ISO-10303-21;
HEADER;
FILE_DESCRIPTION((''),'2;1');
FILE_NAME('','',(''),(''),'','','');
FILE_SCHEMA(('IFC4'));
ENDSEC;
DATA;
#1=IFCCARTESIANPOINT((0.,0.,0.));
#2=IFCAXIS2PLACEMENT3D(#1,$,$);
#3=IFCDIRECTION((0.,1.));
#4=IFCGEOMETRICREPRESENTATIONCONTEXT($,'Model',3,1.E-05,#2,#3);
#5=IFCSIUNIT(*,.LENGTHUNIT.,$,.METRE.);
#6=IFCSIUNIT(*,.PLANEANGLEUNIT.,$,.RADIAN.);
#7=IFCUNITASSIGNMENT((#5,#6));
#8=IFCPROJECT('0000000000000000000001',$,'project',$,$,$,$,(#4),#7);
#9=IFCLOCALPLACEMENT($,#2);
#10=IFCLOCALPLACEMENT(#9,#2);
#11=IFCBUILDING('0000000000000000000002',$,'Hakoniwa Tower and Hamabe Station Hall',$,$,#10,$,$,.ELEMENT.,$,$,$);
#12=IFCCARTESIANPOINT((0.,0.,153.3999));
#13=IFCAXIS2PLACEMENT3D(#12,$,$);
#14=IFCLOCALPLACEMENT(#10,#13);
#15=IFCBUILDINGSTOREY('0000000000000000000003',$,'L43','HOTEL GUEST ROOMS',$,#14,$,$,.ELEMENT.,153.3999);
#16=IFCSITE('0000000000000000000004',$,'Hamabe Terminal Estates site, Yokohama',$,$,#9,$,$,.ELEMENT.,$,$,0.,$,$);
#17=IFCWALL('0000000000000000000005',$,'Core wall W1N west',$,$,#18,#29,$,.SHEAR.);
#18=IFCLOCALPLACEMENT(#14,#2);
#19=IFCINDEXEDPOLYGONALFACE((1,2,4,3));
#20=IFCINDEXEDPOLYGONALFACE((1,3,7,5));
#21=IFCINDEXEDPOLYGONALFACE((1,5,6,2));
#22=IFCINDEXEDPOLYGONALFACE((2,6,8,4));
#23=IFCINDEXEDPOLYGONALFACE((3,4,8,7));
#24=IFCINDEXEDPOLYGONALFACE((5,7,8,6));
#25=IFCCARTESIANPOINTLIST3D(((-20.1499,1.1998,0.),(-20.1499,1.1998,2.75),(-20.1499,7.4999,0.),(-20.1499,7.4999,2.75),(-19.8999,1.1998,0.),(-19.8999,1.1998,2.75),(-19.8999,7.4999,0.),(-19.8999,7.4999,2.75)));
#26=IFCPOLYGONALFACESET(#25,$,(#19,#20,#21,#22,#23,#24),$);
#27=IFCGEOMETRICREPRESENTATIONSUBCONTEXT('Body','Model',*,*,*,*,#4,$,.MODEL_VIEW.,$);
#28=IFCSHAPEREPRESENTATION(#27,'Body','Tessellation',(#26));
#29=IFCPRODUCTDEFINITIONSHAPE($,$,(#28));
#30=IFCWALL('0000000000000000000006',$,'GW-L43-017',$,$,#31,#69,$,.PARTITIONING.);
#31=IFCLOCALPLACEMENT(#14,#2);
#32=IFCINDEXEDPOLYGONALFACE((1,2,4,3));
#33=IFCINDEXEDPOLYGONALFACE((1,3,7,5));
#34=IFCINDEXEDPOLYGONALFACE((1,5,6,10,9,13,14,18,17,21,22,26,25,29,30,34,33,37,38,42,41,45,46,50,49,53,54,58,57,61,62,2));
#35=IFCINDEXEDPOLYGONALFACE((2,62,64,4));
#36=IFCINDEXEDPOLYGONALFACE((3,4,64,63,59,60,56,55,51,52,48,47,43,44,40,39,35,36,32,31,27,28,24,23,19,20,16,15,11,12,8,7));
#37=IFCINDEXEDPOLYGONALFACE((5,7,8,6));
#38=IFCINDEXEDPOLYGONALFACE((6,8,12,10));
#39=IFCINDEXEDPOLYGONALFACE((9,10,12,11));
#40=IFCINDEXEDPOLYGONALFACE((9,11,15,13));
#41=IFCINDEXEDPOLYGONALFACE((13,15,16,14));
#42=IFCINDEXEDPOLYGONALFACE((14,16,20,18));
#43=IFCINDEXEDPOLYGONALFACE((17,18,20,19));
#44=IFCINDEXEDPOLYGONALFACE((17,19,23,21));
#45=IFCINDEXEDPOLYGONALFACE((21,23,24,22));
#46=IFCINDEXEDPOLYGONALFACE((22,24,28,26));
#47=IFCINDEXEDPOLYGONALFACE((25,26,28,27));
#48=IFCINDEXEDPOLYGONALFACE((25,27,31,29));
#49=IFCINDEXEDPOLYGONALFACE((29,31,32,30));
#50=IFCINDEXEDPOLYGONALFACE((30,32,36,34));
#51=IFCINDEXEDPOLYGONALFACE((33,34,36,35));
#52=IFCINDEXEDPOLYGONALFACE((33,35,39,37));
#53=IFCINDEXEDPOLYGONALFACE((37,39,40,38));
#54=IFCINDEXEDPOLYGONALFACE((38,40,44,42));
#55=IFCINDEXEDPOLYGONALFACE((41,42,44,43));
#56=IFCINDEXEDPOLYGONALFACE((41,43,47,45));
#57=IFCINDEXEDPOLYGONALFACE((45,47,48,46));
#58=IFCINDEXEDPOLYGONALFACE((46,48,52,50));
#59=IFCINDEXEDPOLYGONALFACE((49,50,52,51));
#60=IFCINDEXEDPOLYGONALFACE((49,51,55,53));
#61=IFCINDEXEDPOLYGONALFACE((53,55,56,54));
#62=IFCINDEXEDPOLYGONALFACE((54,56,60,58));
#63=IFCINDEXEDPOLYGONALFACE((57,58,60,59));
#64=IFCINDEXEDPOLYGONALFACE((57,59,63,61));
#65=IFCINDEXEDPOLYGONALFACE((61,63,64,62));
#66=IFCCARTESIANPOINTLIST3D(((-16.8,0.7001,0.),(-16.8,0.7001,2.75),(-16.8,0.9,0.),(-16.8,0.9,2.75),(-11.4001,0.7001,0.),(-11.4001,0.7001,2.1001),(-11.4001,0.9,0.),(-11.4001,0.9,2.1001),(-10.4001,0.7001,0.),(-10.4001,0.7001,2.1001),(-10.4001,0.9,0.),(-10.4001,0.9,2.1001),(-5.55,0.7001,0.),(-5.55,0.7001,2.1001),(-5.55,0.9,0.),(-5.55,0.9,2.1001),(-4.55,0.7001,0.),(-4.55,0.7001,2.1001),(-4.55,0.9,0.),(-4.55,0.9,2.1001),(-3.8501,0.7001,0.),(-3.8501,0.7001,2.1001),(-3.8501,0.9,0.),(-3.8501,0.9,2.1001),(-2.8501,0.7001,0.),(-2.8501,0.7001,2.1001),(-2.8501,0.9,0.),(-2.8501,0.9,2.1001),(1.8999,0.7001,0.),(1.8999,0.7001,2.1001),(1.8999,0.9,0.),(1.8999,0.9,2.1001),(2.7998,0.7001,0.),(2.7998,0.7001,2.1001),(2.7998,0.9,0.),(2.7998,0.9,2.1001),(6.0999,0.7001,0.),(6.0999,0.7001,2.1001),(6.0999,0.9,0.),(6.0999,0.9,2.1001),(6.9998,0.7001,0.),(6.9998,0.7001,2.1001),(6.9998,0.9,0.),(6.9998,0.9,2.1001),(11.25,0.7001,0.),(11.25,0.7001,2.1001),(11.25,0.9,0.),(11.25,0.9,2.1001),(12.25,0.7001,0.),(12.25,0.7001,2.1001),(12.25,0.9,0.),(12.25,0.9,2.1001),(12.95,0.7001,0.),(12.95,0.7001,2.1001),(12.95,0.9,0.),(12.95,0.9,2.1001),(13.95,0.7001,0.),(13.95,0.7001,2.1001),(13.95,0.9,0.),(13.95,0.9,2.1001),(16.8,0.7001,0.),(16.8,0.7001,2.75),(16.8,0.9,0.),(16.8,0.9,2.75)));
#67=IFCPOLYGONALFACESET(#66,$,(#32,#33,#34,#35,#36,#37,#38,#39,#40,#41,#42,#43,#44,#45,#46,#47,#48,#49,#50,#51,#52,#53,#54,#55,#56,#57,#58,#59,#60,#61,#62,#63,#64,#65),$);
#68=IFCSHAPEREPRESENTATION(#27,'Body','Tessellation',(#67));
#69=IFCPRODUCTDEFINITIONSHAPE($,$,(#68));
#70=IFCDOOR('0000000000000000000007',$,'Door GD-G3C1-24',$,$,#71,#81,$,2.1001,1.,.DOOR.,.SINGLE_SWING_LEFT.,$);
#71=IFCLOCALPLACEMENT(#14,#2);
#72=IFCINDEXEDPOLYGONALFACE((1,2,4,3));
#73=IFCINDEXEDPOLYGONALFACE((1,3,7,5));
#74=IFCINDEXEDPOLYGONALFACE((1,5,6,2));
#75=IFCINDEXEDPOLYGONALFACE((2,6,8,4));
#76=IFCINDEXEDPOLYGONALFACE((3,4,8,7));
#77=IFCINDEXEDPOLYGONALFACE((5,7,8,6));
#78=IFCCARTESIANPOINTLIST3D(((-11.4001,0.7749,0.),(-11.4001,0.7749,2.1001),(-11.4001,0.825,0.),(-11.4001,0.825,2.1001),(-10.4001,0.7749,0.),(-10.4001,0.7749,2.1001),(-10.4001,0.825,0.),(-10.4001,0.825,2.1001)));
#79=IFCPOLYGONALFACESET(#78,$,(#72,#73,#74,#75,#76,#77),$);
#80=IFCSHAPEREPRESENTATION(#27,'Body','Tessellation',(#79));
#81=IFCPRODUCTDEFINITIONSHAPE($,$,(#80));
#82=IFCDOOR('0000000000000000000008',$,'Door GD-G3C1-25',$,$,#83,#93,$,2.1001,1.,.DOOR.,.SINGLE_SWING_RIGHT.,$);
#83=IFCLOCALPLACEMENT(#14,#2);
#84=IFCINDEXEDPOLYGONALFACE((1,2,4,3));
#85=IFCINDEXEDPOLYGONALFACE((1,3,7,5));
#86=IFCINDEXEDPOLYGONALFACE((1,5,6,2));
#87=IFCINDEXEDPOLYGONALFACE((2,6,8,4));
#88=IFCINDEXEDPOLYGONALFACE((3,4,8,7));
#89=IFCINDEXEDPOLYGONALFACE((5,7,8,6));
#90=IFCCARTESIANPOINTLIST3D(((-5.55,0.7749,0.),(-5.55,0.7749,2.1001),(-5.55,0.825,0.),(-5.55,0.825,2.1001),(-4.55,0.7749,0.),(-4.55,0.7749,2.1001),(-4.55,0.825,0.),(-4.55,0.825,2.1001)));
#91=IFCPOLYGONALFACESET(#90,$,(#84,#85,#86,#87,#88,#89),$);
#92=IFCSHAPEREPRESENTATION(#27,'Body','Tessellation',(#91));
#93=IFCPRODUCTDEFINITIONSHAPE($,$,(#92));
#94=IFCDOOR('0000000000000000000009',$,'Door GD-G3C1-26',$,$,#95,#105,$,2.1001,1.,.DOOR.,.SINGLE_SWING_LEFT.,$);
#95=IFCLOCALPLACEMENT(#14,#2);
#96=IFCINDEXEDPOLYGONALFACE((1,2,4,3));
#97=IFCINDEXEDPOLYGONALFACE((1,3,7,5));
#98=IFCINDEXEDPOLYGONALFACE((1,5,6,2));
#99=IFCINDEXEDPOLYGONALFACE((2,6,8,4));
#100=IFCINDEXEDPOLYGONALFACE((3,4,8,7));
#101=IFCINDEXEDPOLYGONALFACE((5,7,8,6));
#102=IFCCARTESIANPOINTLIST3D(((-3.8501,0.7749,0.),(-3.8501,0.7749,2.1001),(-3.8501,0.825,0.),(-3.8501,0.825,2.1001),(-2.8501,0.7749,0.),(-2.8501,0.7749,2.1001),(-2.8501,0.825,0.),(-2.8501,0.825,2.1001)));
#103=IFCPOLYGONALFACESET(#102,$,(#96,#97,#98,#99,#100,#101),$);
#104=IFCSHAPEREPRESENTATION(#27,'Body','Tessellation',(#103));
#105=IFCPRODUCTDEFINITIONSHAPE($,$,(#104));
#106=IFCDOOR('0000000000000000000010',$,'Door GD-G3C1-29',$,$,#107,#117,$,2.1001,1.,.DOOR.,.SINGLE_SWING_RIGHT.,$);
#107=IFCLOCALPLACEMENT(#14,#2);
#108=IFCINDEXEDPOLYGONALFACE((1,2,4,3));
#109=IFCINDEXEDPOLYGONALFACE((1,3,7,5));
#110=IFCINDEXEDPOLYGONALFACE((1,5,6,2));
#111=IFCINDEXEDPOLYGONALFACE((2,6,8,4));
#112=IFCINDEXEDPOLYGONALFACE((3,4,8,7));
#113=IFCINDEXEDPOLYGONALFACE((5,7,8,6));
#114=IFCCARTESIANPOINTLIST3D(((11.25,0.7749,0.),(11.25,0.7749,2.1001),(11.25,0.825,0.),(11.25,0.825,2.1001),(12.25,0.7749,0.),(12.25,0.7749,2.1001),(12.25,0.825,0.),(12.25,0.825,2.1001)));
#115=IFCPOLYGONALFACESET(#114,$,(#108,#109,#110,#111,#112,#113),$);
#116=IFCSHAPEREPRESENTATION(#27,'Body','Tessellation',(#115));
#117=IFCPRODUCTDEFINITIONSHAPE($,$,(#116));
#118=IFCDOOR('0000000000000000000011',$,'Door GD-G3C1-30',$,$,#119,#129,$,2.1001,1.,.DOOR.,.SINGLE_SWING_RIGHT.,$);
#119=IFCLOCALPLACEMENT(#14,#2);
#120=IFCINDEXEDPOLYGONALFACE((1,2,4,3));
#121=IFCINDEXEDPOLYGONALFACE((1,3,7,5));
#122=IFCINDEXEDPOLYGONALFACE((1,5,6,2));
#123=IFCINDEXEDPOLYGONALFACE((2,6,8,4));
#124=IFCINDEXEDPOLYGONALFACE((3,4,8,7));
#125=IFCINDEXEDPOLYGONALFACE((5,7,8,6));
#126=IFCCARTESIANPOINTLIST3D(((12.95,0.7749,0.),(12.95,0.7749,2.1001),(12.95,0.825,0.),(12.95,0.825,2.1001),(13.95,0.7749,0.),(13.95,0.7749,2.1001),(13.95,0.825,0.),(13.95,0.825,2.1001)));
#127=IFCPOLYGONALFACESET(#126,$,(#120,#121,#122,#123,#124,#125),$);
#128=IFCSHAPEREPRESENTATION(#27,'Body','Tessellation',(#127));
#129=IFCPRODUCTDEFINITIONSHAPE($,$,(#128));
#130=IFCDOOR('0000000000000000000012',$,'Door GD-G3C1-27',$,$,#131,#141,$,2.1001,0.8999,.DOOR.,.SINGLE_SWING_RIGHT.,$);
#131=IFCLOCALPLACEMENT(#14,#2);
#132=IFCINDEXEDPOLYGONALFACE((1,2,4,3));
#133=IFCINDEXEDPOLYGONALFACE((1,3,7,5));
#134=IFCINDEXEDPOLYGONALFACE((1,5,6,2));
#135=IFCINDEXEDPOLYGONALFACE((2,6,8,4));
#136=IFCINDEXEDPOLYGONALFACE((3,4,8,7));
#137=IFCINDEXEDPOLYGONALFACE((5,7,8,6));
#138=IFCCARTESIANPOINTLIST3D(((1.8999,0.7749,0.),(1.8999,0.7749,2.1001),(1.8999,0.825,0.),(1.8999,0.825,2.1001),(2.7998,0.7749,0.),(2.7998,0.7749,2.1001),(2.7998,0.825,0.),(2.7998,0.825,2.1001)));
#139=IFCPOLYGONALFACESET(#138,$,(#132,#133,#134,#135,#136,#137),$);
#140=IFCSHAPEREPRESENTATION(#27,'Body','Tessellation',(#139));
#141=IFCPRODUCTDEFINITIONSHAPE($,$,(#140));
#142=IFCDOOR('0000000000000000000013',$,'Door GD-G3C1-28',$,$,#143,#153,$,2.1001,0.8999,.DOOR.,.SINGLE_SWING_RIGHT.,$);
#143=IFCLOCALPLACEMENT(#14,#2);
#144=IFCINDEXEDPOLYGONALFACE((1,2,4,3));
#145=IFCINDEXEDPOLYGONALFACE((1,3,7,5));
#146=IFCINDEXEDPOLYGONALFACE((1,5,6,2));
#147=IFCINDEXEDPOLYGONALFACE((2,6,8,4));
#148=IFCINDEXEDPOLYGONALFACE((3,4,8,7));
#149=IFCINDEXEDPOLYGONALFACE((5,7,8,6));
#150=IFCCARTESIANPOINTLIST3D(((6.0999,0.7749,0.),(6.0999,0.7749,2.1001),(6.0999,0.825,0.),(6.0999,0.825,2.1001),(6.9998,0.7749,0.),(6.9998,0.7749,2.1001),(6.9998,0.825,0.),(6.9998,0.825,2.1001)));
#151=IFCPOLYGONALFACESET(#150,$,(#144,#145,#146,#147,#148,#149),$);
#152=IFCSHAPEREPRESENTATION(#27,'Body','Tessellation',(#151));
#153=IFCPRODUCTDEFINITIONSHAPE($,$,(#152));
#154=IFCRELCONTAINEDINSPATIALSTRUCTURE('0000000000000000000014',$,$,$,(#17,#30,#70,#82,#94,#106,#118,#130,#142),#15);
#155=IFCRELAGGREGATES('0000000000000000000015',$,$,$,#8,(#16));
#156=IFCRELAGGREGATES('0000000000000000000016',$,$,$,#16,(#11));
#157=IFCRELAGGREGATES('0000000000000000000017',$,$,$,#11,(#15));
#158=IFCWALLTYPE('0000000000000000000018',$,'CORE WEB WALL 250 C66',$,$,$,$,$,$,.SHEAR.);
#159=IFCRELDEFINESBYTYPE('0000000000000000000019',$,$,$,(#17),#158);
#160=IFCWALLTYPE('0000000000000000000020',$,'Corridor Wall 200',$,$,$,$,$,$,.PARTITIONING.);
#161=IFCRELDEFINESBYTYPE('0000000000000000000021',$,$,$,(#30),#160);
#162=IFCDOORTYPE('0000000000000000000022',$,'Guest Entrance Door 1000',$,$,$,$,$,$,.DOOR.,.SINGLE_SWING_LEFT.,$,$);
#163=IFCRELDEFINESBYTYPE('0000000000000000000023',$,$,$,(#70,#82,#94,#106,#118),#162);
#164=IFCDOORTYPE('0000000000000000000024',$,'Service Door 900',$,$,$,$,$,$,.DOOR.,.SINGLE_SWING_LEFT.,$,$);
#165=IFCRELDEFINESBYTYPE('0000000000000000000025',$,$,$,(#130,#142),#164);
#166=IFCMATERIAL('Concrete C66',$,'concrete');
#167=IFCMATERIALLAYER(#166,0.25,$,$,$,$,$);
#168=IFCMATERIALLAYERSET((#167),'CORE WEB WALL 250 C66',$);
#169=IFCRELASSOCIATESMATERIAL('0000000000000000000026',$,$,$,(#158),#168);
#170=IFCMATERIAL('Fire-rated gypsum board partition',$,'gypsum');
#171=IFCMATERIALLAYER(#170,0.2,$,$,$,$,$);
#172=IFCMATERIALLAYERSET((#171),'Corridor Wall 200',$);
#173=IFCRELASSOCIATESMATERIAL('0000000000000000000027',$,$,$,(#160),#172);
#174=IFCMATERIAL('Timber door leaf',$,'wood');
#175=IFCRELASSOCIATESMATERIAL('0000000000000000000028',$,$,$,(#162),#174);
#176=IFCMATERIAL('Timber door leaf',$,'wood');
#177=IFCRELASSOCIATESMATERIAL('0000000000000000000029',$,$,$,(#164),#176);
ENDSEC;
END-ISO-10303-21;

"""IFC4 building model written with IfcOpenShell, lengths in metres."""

from ifc_helpers import new_model, si_unit, direction, frame, frame_2d, origin, place, context, subcontext, project, spatial, rectangle, extrude, material, layer, layer_set, type_object, element, fill, save


model = new_model("IFC4")

# Units and contexts
model_context = context("Model", 3, precision=1e-05, world=origin(), true_north=direction((0.0, 1.0)))
body_context = subcontext(model_context, "Body", "Model", "MODEL_VIEW")
ifc_project = project(units=[si_unit("LENGTHUNIT", "METRE"), si_unit("PLANEANGLEUNIT", "RADIAN")], contexts=[model_context])

# Site, building, storey
site_placement = place(None, origin())
site = spatial("IfcSite", under=ifc_project, at=site_placement, Name="Hamabe Terminal Estates site, Yokohama", CompositionType="ELEMENT", RefElevation=0.0)
building_placement = place(site_placement, origin())
building = spatial("IfcBuilding", under=site, at=building_placement, Name="Hakoniwa Tower and Hamabe Station Hall", CompositionType="ELEMENT")
storey_placement = place(building_placement, frame((0.0, 0.0, 153.3999)))
storey = spatial("IfcBuildingStorey", under=building, at=storey_placement, Name="L43", Description="HOTEL GUEST ROOMS", CompositionType="ELEMENT", Elevation=153.3999)

# Wall
ifc_material_1 = material(Name="Concrete C66", Category="concrete")
ifc_layer_1 = layer(ifc_material_1, 0.25)
ifc_layer_set_1 = layer_set([ifc_layer_1], Name="CORE WEB WALL 250 C66")
wall_type_1 = type_object("IfcWallType", Name="CORE WEB WALL 250 C66", PredefinedType="SHEAR", material=ifc_layer_set_1)
wall_1_placement = place(storey_placement, frame((-20.0249, 1.2, 0.0), z_axis=(0.0, 0.0, 1.0), x_axis=(0.0, 1.0, 0.0)))
element("IfcWall", 1, at=wall_1_placement, inside=storey, type_object=wall_type_1, Name="Core wall W1N west", PredefinedType="SHEAR", context=body_context, shape_type="SweptSolid", body=[
    extrude(rectangle(XDim=6.3, YDim=0.25, at=frame_2d((3.1499, 0.0))), origin(), (0.0, 0.0, 1.0), 2.75),
])

# Wall, openings, doors
ifc_material_2 = material(Name="Fire-rated gypsum board partition", Category="gypsum")
ifc_layer_2 = layer(ifc_material_2, 0.2)
ifc_layer_set_2 = layer_set([ifc_layer_2], Name="Corridor Wall 200")
wall_type_2 = type_object("IfcWallType", Name="Corridor Wall 200", PredefinedType="PARTITIONING", material=ifc_layer_set_2)
wall_2_placement = place(storey_placement, frame((-16.8, 0.8, 0.0), z_axis=(0.0, 0.0, 1.0), x_axis=(1.0, 0.0, 0.0)))
wall_2 = element("IfcWall", 2, at=wall_2_placement, inside=storey, type_object=wall_type_2, Name="GW-L43-017", PredefinedType="PARTITIONING", context=body_context, shape_type="SweptSolid", body=[
    extrude(rectangle(XDim=33.6001, YDim=0.2, at=frame_2d((16.8, 0.0))), origin(), (0.0, 0.0, 1.0), 2.75),
])
opening_1_placement = place(wall_2_placement, frame((5.3999, 0.0, 0.0)))
opening_1 = element("IfcOpeningElement", 3, at=opening_1_placement, cuts=wall_2, PredefinedType="OPENING", context=body_context, shape_type="SweptSolid", body=[
    extrude(rectangle(XDim=1.0, YDim=2.1001, at=frame_2d((0.5, 1.05))), frame((0.0, 0.1099, 0.0), z_axis=(0.0, -1.0, 0.0), x_axis=(1.0, 0.0, 0.0)), (0.0, 0.0, 1.0), 0.22),
])
opening_2_placement = place(wall_2_placement, frame((11.25, 0.0, 0.0)))
opening_2 = element("IfcOpeningElement", 4, at=opening_2_placement, cuts=wall_2, PredefinedType="OPENING", context=body_context, shape_type="SweptSolid", body=[
    extrude(rectangle(XDim=1.0, YDim=2.1001, at=frame_2d((0.5, 1.05))), frame((0.0, 0.1099, 0.0), z_axis=(0.0, -1.0, 0.0), x_axis=(1.0, 0.0, 0.0)), (0.0, 0.0, 1.0), 0.22),
])
opening_3_placement = place(wall_2_placement, frame((12.95, 0.0, 0.0)))
opening_3 = element("IfcOpeningElement", 5, at=opening_3_placement, cuts=wall_2, PredefinedType="OPENING", context=body_context, shape_type="SweptSolid", body=[
    extrude(rectangle(XDim=1.0, YDim=2.1001, at=frame_2d((0.5, 1.05))), frame((0.0, 0.1099, 0.0), z_axis=(0.0, -1.0, 0.0), x_axis=(1.0, 0.0, 0.0)), (0.0, 0.0, 1.0), 0.22),
])
opening_4_placement = place(wall_2_placement, frame((18.7, 0.0, 0.0)))
opening_4 = element("IfcOpeningElement", 6, at=opening_4_placement, cuts=wall_2, PredefinedType="OPENING", context=body_context, shape_type="SweptSolid", body=[
    extrude(rectangle(XDim=0.8999, YDim=2.1001, at=frame_2d((0.45, 1.05))), frame((0.0, 0.1099, 0.0), z_axis=(0.0, -1.0, 0.0), x_axis=(1.0, 0.0, 0.0)), (0.0, 0.0, 1.0), 0.22),
])
opening_5_placement = place(wall_2_placement, frame((22.8999, 0.0, 0.0)))
opening_5 = element("IfcOpeningElement", 7, at=opening_5_placement, cuts=wall_2, PredefinedType="OPENING", context=body_context, shape_type="SweptSolid", body=[
    extrude(rectangle(XDim=0.8999, YDim=2.1001, at=frame_2d((0.45, 1.05))), frame((0.0, 0.1099, 0.0), z_axis=(0.0, -1.0, 0.0), x_axis=(1.0, 0.0, 0.0)), (0.0, 0.0, 1.0), 0.22),
])
opening_6_placement = place(wall_2_placement, frame((28.05, 0.0, 0.0)))
opening_6 = element("IfcOpeningElement", 8, at=opening_6_placement, cuts=wall_2, PredefinedType="OPENING", context=body_context, shape_type="SweptSolid", body=[
    extrude(rectangle(XDim=1.0, YDim=2.1001, at=frame_2d((0.5, 1.05))), frame((0.0, 0.1099, 0.0), z_axis=(0.0, -1.0, 0.0), x_axis=(1.0, 0.0, 0.0)), (0.0, 0.0, 1.0), 0.22),
])
opening_7_placement = place(wall_2_placement, frame((29.75, 0.0, 0.0)))
opening_7 = element("IfcOpeningElement", 9, at=opening_7_placement, cuts=wall_2, PredefinedType="OPENING", context=body_context, shape_type="SweptSolid", body=[
    extrude(rectangle(XDim=1.0, YDim=2.1001, at=frame_2d((0.5, 1.05))), frame((0.0, 0.1099, 0.0), z_axis=(0.0, -1.0, 0.0), x_axis=(1.0, 0.0, 0.0)), (0.0, 0.0, 1.0), 0.22),
])
ifc_material_3 = material(Name="Timber door leaf", Category="wood")
door_type_1 = type_object("IfcDoorType", Name="Guest Entrance Door 1000", OperationType="SINGLE_SWING_LEFT", PredefinedType="DOOR", material=ifc_material_3)
door_1_placement = place(opening_1_placement, origin())
door_1 = element("IfcDoor", 10, at=door_1_placement, inside=storey, type_object=door_type_1, Name="Door GD-G3C1-24", OperationType="SINGLE_SWING_LEFT", OverallHeight=2.1001, OverallWidth=1.0, PredefinedType="DOOR", context=body_context, shape_type="SweptSolid", body=[
    extrude(rectangle(XDim=1.0, YDim=2.1001, at=frame_2d((0.5, 1.05))), frame((0.0, 0.0249, 0.0), z_axis=(0.0, -1.0, 0.0), x_axis=(1.0, 0.0, 0.0)), (0.0, 0.0, 1.0), 0.05),
])
fill(opening_1, door_1)
door_2_placement = place(opening_2_placement, origin())
door_2 = element("IfcDoor", 11, at=door_2_placement, inside=storey, type_object=door_type_1, Name="Door GD-G3C1-25", OperationType="SINGLE_SWING_RIGHT", OverallHeight=2.1001, OverallWidth=1.0, PredefinedType="DOOR", context=body_context, shape_type="SweptSolid", body=[
    extrude(rectangle(XDim=1.0, YDim=2.1001, at=frame_2d((0.5, 1.05))), frame((0.0, 0.0249, 0.0), z_axis=(0.0, -1.0, 0.0), x_axis=(1.0, 0.0, 0.0)), (0.0, 0.0, 1.0), 0.05),
])
fill(opening_2, door_2)
door_3_placement = place(opening_3_placement, origin())
door_3 = element("IfcDoor", 12, at=door_3_placement, inside=storey, type_object=door_type_1, Name="Door GD-G3C1-26", OperationType="SINGLE_SWING_LEFT", OverallHeight=2.1001, OverallWidth=1.0, PredefinedType="DOOR", context=body_context, shape_type="SweptSolid", body=[
    extrude(rectangle(XDim=1.0, YDim=2.1001, at=frame_2d((0.5, 1.05))), frame((0.0, 0.0249, 0.0), z_axis=(0.0, -1.0, 0.0), x_axis=(1.0, 0.0, 0.0)), (0.0, 0.0, 1.0), 0.05),
])
fill(opening_3, door_3)
door_4_placement = place(opening_6_placement, origin())
door_4 = element("IfcDoor", 13, at=door_4_placement, inside=storey, type_object=door_type_1, Name="Door GD-G3C1-29", OperationType="SINGLE_SWING_RIGHT", OverallHeight=2.1001, OverallWidth=1.0, PredefinedType="DOOR", context=body_context, shape_type="SweptSolid", body=[
    extrude(rectangle(XDim=1.0, YDim=2.1001, at=frame_2d((0.5, 1.05))), frame((0.0, 0.0249, 0.0), z_axis=(0.0, -1.0, 0.0), x_axis=(1.0, 0.0, 0.0)), (0.0, 0.0, 1.0), 0.05),
])
fill(opening_6, door_4)
door_5_placement = place(opening_7_placement, origin())
door_5 = element("IfcDoor", 14, at=door_5_placement, inside=storey, type_object=door_type_1, Name="Door GD-G3C1-30", OperationType="SINGLE_SWING_RIGHT", OverallHeight=2.1001, OverallWidth=1.0, PredefinedType="DOOR", context=body_context, shape_type="SweptSolid", body=[
    extrude(rectangle(XDim=1.0, YDim=2.1001, at=frame_2d((0.5, 1.05))), frame((0.0, 0.0249, 0.0), z_axis=(0.0, -1.0, 0.0), x_axis=(1.0, 0.0, 0.0)), (0.0, 0.0, 1.0), 0.05),
])
fill(opening_7, door_5)
ifc_material_4 = material(Name="Timber door leaf", Category="wood")
door_type_2 = type_object("IfcDoorType", Name="Service Door 900", OperationType="SINGLE_SWING_LEFT", PredefinedType="DOOR", material=ifc_material_4)
door_6_placement = place(opening_4_placement, origin())
door_6 = element("IfcDoor", 15, at=door_6_placement, inside=storey, type_object=door_type_2, Name="Door GD-G3C1-27", OperationType="SINGLE_SWING_RIGHT", OverallHeight=2.1001, OverallWidth=0.8999, PredefinedType="DOOR", context=body_context, shape_type="SweptSolid", body=[
    extrude(rectangle(XDim=0.8999, YDim=2.1001, at=frame_2d((0.45, 1.05))), frame((0.0, 0.0249, 0.0), z_axis=(0.0, -1.0, 0.0), x_axis=(1.0, 0.0, 0.0)), (0.0, 0.0, 1.0), 0.05),
])
fill(opening_4, door_6)
door_7_placement = place(opening_5_placement, origin())
door_7 = element("IfcDoor", 16, at=door_7_placement, inside=storey, type_object=door_type_2, Name="Door GD-G3C1-28", OperationType="SINGLE_SWING_RIGHT", OverallHeight=2.1001, OverallWidth=0.8999, PredefinedType="DOOR", context=body_context, shape_type="SweptSolid", body=[
    extrude(rectangle(XDim=0.8999, YDim=2.1001, at=frame_2d((0.45, 1.05))), frame((0.0, 0.0249, 0.0), z_axis=(0.0, -1.0, 0.0), x_axis=(1.0, 0.0, 0.0)), (0.0, 0.0, 1.0), 0.05),
])
fill(opening_5, door_7)

save(model, "model.ifc")
